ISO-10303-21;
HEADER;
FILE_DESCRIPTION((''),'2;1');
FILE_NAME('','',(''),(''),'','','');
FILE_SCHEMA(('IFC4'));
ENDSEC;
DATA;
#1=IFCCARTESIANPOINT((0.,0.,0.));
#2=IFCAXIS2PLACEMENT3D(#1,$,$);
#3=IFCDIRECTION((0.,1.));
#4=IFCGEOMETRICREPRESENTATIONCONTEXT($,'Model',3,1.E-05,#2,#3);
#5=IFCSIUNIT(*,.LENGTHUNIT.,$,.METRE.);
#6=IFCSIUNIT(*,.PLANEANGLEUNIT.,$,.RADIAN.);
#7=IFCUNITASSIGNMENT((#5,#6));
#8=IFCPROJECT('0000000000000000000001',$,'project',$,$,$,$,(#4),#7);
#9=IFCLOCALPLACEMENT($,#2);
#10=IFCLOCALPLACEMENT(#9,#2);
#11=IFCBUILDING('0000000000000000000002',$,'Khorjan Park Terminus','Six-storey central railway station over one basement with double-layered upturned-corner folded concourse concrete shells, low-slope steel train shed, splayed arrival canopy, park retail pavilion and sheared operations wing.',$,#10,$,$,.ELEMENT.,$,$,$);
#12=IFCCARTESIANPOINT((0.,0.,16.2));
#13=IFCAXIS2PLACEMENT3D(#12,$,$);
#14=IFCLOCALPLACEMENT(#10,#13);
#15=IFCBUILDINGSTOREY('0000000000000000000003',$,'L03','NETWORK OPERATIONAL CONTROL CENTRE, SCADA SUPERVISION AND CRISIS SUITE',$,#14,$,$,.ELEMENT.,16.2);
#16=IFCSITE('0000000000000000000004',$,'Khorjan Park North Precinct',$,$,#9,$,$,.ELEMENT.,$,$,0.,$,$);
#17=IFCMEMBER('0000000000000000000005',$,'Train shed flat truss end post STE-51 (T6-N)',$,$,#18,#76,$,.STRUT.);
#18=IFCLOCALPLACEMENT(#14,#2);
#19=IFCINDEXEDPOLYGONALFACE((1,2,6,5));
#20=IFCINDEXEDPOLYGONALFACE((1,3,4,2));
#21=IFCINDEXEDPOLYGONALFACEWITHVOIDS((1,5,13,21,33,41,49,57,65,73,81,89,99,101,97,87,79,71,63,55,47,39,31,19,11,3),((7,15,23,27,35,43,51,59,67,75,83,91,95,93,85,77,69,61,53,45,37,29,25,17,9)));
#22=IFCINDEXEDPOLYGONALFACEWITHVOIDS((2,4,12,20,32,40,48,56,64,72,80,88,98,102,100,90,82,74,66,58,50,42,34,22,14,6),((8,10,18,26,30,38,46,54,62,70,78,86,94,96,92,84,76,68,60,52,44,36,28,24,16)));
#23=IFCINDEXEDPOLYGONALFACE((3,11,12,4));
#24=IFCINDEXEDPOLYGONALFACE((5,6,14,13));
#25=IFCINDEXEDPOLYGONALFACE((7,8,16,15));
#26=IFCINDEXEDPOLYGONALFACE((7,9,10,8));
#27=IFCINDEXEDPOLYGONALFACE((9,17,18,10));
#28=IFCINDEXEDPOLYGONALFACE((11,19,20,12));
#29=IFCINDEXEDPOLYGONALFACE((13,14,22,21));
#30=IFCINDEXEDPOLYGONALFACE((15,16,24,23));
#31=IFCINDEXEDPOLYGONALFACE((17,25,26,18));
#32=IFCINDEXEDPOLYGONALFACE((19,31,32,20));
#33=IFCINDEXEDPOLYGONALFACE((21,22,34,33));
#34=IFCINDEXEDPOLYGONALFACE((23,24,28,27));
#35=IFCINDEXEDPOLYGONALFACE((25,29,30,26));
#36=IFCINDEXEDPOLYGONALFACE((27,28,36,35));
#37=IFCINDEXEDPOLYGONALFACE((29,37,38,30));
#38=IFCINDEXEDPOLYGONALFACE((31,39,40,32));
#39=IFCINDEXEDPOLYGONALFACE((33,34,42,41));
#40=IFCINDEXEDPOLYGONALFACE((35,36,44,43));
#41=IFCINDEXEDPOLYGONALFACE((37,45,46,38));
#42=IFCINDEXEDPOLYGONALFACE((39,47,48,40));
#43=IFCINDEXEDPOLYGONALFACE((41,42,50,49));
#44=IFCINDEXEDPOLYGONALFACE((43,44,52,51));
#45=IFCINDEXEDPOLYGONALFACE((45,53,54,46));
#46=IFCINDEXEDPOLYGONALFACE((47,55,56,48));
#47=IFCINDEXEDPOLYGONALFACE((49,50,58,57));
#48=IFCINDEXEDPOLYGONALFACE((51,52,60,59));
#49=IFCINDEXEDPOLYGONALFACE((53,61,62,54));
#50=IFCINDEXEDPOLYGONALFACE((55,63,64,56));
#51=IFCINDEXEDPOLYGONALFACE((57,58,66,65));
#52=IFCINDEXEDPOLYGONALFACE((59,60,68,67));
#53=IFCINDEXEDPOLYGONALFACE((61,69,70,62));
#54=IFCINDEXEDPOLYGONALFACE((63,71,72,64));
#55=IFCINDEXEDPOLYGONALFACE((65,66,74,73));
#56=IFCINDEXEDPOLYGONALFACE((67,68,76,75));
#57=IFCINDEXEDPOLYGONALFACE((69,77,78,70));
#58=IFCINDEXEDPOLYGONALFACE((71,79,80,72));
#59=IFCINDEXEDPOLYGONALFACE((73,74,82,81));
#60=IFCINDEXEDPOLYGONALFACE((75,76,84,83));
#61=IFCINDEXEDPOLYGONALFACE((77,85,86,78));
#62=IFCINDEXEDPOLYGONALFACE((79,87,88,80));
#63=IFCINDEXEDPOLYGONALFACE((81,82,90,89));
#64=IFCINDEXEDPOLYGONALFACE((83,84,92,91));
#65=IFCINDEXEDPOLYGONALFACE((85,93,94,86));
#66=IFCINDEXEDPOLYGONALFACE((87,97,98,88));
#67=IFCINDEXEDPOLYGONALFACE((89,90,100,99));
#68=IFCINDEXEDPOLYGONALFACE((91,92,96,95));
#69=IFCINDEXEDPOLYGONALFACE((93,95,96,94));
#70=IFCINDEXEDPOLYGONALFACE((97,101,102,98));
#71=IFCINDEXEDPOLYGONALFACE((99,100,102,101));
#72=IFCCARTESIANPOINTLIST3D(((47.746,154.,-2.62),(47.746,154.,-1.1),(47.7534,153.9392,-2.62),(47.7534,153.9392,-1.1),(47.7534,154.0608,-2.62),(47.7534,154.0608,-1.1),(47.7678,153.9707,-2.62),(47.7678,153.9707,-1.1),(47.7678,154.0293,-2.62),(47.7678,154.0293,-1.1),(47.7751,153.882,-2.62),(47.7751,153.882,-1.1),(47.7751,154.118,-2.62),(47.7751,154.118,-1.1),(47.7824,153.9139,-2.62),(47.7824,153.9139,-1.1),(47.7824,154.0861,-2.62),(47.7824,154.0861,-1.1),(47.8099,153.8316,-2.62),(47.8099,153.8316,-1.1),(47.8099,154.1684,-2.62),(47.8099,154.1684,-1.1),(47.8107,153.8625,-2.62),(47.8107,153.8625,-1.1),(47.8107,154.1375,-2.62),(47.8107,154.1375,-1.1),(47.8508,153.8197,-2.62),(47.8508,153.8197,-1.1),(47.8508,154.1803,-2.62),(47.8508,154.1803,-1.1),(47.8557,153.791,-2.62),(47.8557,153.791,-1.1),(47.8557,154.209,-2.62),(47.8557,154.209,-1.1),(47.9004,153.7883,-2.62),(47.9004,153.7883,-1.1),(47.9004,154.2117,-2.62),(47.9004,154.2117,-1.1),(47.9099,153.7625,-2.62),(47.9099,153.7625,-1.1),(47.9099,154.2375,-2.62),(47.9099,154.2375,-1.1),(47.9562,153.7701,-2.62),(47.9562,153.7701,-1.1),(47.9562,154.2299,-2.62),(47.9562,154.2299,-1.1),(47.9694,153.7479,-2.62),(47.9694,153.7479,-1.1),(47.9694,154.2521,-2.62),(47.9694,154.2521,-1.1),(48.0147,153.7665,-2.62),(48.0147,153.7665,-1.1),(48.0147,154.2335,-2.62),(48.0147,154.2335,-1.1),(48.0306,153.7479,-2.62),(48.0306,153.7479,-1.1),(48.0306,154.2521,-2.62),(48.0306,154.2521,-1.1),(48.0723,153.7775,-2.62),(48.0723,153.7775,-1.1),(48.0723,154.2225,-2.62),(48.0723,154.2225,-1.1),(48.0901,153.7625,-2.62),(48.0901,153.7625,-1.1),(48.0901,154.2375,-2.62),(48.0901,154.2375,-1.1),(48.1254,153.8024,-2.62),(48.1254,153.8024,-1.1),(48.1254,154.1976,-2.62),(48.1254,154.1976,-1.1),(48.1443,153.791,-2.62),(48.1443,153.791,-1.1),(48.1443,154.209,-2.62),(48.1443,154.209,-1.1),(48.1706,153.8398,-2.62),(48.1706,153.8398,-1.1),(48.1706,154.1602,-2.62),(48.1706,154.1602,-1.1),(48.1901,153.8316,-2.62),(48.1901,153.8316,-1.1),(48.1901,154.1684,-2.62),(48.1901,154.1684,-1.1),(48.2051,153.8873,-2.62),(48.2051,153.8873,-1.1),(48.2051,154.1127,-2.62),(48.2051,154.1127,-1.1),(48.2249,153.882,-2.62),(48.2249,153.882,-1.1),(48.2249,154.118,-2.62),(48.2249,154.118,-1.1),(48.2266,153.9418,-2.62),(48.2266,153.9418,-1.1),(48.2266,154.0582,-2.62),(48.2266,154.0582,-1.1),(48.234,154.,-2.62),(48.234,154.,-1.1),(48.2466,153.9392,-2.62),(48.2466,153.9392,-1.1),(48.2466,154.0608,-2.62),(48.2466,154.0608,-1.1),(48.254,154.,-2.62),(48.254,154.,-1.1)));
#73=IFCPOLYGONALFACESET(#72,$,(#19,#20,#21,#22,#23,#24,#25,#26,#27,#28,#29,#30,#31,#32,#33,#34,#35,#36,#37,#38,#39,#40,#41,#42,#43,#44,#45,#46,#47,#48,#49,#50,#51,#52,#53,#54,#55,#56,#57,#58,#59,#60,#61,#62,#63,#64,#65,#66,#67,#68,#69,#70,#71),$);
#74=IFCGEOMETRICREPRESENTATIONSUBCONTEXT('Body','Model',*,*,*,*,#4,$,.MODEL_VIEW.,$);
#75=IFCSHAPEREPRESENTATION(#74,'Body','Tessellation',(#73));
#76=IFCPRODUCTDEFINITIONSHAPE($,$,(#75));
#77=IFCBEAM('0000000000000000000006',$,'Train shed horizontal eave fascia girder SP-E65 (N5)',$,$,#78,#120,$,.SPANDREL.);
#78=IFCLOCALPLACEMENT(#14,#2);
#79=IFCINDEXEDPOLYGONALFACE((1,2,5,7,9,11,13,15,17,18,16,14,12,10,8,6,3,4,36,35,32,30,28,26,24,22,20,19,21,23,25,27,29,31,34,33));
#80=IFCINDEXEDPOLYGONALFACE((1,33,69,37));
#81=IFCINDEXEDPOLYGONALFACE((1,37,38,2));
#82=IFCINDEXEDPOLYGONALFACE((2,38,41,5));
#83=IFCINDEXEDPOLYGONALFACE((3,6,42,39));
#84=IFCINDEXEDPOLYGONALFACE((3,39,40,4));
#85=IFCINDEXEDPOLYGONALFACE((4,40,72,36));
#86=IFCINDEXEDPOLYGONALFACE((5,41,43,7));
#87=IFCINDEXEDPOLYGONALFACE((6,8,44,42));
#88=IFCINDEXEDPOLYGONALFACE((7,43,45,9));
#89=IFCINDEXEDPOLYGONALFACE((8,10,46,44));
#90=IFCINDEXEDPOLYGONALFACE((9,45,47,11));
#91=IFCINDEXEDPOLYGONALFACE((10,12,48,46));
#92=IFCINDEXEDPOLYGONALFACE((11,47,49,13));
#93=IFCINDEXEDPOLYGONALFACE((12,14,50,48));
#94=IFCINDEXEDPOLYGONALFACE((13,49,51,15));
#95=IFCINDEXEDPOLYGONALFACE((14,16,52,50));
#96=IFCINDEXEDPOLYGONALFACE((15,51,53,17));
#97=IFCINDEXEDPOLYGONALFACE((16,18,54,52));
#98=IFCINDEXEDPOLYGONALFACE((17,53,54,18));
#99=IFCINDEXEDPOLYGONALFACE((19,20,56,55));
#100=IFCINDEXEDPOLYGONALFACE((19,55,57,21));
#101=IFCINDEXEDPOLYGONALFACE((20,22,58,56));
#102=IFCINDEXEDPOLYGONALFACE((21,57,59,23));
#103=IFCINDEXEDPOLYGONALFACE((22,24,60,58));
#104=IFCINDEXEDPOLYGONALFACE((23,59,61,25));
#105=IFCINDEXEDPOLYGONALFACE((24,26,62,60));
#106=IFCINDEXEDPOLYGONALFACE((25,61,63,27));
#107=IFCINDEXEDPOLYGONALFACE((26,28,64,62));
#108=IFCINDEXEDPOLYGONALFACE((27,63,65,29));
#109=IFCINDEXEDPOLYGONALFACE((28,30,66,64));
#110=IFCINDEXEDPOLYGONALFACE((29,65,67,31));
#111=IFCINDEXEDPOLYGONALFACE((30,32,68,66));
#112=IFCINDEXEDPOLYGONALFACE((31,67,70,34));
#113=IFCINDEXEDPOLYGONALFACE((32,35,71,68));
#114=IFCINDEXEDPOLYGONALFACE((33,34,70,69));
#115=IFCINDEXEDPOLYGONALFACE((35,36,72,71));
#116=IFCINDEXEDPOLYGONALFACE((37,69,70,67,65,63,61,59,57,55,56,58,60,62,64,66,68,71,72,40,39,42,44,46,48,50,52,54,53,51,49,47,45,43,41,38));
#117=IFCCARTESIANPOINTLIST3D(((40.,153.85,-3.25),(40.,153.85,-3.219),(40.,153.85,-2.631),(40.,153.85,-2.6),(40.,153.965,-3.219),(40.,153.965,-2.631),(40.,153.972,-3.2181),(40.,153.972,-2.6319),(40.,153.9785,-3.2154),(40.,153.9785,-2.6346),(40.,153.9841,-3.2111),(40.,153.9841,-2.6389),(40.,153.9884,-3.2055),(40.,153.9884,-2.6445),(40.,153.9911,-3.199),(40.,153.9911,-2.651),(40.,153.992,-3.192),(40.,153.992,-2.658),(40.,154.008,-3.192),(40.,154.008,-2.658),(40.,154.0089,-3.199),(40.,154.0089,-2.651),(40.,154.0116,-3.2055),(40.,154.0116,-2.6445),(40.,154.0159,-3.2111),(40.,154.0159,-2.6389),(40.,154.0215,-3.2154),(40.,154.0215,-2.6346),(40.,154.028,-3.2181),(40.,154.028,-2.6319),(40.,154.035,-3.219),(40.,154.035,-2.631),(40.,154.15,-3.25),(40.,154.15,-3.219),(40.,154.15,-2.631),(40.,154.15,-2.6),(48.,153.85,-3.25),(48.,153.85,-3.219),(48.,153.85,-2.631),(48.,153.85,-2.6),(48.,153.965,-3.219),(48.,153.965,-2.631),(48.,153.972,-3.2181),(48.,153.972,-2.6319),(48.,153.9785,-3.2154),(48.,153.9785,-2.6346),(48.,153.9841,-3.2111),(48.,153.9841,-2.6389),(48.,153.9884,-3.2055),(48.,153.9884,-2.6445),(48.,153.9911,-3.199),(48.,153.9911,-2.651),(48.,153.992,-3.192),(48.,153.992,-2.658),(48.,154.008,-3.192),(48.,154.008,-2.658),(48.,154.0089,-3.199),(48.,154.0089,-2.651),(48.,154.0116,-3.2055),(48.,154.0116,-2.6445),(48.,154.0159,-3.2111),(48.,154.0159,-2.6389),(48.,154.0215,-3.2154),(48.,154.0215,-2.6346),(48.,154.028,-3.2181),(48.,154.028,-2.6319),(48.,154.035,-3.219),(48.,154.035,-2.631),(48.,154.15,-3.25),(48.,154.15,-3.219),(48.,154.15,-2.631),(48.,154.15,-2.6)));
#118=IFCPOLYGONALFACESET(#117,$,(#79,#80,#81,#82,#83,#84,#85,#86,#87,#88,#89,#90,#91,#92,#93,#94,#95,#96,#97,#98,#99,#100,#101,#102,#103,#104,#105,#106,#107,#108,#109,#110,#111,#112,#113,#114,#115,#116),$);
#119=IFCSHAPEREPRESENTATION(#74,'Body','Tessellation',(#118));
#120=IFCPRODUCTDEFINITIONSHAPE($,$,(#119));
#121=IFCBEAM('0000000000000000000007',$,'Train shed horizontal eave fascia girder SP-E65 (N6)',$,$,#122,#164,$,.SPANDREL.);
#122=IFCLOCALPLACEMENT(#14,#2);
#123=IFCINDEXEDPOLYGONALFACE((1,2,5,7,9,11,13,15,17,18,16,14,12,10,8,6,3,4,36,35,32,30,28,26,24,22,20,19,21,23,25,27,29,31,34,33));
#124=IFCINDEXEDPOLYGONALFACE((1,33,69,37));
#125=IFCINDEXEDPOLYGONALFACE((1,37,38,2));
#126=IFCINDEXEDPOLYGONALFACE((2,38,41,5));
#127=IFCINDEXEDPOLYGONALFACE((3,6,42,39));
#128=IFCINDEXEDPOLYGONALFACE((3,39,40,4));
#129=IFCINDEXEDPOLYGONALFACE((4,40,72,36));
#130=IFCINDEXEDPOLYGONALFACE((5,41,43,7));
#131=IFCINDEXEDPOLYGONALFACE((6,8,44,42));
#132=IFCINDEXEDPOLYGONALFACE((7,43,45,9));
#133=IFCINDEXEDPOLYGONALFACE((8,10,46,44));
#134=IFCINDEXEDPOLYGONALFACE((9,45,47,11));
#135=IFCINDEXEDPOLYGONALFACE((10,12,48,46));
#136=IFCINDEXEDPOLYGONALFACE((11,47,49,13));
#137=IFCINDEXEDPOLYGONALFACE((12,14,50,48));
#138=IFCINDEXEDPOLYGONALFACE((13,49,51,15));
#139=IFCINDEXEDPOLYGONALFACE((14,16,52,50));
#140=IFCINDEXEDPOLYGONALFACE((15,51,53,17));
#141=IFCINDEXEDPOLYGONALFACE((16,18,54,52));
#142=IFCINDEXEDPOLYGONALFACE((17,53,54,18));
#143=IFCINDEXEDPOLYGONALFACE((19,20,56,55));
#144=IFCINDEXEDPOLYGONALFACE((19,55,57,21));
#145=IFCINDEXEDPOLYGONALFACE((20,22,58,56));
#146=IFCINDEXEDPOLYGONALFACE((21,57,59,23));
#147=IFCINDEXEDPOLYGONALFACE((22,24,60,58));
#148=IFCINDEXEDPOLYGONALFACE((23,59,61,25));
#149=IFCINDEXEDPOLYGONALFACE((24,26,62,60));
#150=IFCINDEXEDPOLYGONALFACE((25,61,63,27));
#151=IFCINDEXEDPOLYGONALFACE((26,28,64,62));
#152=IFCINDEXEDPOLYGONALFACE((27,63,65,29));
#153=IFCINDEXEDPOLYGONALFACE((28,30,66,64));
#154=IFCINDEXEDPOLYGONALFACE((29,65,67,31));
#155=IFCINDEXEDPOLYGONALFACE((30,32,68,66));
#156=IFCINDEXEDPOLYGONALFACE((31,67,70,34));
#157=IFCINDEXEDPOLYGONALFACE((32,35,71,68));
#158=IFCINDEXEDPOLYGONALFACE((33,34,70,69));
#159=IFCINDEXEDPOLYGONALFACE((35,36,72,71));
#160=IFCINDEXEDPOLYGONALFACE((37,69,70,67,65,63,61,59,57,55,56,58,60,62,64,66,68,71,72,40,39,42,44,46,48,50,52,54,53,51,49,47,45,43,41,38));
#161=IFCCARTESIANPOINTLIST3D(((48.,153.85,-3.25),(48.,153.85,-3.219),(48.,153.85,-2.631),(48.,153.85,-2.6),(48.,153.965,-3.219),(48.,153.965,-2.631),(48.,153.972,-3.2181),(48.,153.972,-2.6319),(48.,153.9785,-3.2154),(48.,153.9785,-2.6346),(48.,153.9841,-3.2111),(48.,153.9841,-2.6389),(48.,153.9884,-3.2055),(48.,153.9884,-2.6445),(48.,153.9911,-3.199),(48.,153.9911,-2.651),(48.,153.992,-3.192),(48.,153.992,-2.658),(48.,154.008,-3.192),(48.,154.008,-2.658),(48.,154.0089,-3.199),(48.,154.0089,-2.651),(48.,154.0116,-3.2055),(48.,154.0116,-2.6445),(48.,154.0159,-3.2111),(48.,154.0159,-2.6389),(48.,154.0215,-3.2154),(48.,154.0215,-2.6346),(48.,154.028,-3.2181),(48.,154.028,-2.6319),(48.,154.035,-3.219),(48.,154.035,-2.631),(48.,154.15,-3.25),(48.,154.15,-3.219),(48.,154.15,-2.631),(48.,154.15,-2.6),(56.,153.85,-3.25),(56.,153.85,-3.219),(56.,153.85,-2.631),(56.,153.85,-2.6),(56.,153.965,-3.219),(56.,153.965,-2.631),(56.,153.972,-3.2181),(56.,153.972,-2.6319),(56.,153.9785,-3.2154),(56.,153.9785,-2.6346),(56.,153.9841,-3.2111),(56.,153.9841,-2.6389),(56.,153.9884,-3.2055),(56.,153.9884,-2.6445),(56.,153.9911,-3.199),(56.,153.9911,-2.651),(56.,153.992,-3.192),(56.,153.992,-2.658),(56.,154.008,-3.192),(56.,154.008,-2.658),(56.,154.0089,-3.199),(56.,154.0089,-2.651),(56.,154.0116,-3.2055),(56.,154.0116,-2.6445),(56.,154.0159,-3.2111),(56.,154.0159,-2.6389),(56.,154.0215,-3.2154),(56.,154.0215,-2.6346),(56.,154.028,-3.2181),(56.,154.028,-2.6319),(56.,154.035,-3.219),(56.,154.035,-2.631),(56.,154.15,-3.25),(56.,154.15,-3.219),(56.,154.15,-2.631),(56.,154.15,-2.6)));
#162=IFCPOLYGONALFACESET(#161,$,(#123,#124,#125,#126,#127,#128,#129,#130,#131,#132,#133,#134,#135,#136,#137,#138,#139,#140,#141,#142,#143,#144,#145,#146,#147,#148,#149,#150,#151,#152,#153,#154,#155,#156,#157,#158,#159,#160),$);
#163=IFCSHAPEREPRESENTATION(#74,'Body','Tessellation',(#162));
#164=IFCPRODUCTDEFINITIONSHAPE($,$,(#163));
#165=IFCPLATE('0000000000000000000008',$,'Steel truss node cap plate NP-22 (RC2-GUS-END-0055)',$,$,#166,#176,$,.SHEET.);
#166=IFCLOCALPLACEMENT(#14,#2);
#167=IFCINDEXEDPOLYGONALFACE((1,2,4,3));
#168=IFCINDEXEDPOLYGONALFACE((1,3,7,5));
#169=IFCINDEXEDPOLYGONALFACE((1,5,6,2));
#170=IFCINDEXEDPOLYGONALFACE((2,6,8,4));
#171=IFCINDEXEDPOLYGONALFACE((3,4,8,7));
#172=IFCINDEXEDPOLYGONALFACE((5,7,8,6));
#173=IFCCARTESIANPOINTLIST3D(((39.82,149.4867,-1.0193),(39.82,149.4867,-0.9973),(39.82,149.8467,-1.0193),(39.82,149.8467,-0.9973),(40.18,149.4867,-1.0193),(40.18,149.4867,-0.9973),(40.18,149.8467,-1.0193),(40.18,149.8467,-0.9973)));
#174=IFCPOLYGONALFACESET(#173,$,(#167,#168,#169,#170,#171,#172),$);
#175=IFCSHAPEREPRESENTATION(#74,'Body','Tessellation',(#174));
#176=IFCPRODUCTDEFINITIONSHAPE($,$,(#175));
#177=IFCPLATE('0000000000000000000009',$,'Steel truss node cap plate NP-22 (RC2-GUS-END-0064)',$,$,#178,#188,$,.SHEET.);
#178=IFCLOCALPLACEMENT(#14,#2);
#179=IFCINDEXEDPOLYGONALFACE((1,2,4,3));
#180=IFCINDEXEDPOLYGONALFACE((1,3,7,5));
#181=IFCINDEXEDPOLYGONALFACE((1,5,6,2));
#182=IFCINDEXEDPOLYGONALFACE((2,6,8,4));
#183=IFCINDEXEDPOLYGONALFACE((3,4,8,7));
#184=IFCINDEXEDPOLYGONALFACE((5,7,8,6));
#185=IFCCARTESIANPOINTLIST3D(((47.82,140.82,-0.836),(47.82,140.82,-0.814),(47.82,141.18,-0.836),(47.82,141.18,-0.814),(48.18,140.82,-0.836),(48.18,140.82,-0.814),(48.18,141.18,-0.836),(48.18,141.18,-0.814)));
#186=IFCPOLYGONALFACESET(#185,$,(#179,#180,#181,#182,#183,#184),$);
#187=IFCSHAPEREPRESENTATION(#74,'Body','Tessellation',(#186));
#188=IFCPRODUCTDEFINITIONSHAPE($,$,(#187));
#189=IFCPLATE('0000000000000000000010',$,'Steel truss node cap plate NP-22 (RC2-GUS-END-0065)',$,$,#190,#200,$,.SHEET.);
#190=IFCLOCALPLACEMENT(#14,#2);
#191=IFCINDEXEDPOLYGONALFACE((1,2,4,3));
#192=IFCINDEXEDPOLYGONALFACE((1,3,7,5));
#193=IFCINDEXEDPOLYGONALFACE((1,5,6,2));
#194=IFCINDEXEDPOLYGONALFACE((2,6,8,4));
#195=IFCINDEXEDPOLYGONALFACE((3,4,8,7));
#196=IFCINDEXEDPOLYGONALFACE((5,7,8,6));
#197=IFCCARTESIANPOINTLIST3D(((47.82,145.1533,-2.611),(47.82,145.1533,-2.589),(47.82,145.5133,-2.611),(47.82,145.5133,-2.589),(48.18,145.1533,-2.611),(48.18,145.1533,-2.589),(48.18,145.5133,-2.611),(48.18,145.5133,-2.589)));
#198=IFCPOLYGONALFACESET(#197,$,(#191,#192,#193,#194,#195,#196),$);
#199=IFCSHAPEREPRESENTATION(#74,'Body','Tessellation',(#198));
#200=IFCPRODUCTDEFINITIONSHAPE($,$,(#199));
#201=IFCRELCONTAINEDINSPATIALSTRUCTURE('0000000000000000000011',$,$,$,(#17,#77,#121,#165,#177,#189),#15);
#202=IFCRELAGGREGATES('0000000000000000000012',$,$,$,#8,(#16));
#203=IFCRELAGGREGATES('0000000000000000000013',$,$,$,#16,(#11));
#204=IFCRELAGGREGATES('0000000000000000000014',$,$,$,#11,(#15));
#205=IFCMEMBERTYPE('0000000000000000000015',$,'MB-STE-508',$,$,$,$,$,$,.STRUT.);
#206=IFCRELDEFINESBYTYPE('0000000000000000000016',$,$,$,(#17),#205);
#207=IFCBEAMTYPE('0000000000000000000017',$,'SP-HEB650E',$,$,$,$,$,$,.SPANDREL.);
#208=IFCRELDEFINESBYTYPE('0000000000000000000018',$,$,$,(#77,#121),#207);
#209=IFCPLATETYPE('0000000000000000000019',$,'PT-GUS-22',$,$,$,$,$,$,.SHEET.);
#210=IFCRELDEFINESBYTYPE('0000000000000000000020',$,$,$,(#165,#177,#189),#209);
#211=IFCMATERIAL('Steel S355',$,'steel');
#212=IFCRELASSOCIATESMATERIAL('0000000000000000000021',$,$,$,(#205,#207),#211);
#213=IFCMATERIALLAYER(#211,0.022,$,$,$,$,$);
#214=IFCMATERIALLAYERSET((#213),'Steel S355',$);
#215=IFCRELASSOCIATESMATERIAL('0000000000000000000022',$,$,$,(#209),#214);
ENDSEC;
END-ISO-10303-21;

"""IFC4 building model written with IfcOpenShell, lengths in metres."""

from ifc_helpers import new_model, si_unit, direction, frame, origin, origin_2d, place, context, subcontext, project, spatial, rectangle, hollow_circle, i_section, extrude, material, layer, layer_set, material_profile, profile_set, type_object, element, save


model = new_model("IFC4")

# Units and contexts
model_context = context("Model", 3, precision=1e-05, world=origin(), true_north=direction((0.0, 1.0)))
body_context = subcontext(model_context, "Body", "Model", "MODEL_VIEW")
ifc_project = project(units=[si_unit("LENGTHUNIT", "METRE"), si_unit("PLANEANGLEUNIT", "RADIAN")], contexts=[model_context])

# Site, building, storey
site_placement = place(None, origin())
site = spatial("IfcSite", under=ifc_project, at=site_placement, Name="Khorjan Park North Precinct", CompositionType="ELEMENT", RefElevation=0.0)
building_placement = place(site_placement, origin())
building = spatial("IfcBuilding", under=site, at=building_placement, Name="Khorjan Park Terminus", Description="Six-storey central railway station over one basement with double-layered upturned-corner folded concourse concrete shells, low-slope steel train shed, splayed arrival canopy, park retail pavilion and sheared operations wing.", CompositionType="ELEMENT")
storey_placement = place(building_placement, frame((0.0, 0.0, 16.2)))
storey = spatial("IfcBuildingStorey", under=building, at=storey_placement, Name="L03", Description="NETWORK OPERATIONAL CONTROL CENTRE, SCADA SUPERVISION AND CRISIS SUITE", CompositionType="ELEMENT", Elevation=16.2)

# Member
ifc_material = material(Name="Steel S355", Category="steel")
ifc_material_profile_1 = material_profile(ifc_material, hollow_circle(Radius=0.254, WallThickness=0.02, at=origin_2d()), Name="CHS 508x20")
ifc_profile_set_1 = profile_set([ifc_material_profile_1], Name="Steel S355")
member_type_1 = type_object("IfcMemberType", Name="MB-STE-508", PredefinedType="STRUT", material=ifc_profile_set_1)
for number, where, z_axis, x_axis, name in (
    (1, (48.0, 154.0, -2.62), (0.0, 0.0, 1.0), (1.0, 0.0, 0.0), "Train shed flat truss end post STE-51 (T6-N)"),
):
    element("IfcMember", number, at=place(storey_placement, frame(where, z_axis=z_axis, x_axis=x_axis)), inside=storey, type_object=member_type_1, Name=name, PredefinedType="STRUT", context=body_context, shape_type="SweptSolid", body=[
        extrude(hollow_circle(Radius=0.254, WallThickness=0.02, at=origin_2d()), origin(), (0.0, 0.0, 1.0), 1.52),
    ])

# Beams
ifc_material_profile_2 = material_profile(ifc_material, i_section(OverallWidth=0.3, OverallDepth=0.65, WebThickness=0.016, FlangeThickness=0.031, FilletRadius=0.027, at=origin_2d()), Name="HEB 650")
ifc_profile_set_2 = profile_set([ifc_material_profile_2], Name="Steel S355")
beam_type = type_object("IfcBeamType", Name="SP-HEB650E", PredefinedType="SPANDREL", material=ifc_profile_set_2)
for number, where, z_axis, x_axis, name in (
    (2, (40.0, 154.0, -2.925), (1.0, 0.0, 0.0), (0.0, 1.0, 0.0), "Train shed horizontal eave fascia girder SP-E65 (N5)"),
    (3, (48.0, 154.0, -2.925), (1.0, 0.0, 0.0), (0.0, 1.0, 0.0), "Train shed horizontal eave fascia girder SP-E65 (N6)"),
):
    element("IfcBeam", number, at=place(storey_placement, frame(where, z_axis=z_axis, x_axis=x_axis)), inside=storey, type_object=beam_type, Name=name, PredefinedType="SPANDREL", context=body_context, shape_type="SweptSolid", body=[
        extrude(i_section(OverallWidth=0.3, OverallDepth=0.65, WebThickness=0.016, FlangeThickness=0.031, FilletRadius=0.027, at=origin_2d()), origin(), (0.0, 0.0, 1.0), 8.0),
    ])

# Plates
ifc_layer_1 = layer(ifc_material, 0.022)
ifc_layer_set_1 = layer_set([ifc_layer_1], Name="Steel S355")
plate_type_1 = type_object("IfcPlateType", Name="PT-GUS-22", PredefinedType="SHEET", material=ifc_layer_set_1)
for number, where, z_axis, x_axis, name in (
    (4, (40.0, 149.6667, -1.0193), (0.0, 0.0, 1.0), (1.0, 0.0, 0.0), "Steel truss node cap plate NP-22 (RC2-GUS-END-0055)"),
    (5, (48.0, 141.0, -0.836), (0.0, 0.0, 1.0), (1.0, 0.0, 0.0), "Steel truss node cap plate NP-22 (RC2-GUS-END-0064)"),
    (6, (48.0, 145.3333, -2.611), (0.0, 0.0, 1.0), (1.0, 0.0, 0.0), "Steel truss node cap plate NP-22 (RC2-GUS-END-0065)"),
):
    element("IfcPlate", number, at=place(storey_placement, frame(where, z_axis=z_axis, x_axis=x_axis)), inside=storey, type_object=plate_type_1, Name=name, PredefinedType="SHEET", context=body_context, shape_type="SweptSolid", body=[
        extrude(rectangle(XDim=0.36, YDim=0.36, at=origin_2d()), origin(), (0.0, 0.0, 1.0), 0.022),
    ])

save(model, "model.ifc")
